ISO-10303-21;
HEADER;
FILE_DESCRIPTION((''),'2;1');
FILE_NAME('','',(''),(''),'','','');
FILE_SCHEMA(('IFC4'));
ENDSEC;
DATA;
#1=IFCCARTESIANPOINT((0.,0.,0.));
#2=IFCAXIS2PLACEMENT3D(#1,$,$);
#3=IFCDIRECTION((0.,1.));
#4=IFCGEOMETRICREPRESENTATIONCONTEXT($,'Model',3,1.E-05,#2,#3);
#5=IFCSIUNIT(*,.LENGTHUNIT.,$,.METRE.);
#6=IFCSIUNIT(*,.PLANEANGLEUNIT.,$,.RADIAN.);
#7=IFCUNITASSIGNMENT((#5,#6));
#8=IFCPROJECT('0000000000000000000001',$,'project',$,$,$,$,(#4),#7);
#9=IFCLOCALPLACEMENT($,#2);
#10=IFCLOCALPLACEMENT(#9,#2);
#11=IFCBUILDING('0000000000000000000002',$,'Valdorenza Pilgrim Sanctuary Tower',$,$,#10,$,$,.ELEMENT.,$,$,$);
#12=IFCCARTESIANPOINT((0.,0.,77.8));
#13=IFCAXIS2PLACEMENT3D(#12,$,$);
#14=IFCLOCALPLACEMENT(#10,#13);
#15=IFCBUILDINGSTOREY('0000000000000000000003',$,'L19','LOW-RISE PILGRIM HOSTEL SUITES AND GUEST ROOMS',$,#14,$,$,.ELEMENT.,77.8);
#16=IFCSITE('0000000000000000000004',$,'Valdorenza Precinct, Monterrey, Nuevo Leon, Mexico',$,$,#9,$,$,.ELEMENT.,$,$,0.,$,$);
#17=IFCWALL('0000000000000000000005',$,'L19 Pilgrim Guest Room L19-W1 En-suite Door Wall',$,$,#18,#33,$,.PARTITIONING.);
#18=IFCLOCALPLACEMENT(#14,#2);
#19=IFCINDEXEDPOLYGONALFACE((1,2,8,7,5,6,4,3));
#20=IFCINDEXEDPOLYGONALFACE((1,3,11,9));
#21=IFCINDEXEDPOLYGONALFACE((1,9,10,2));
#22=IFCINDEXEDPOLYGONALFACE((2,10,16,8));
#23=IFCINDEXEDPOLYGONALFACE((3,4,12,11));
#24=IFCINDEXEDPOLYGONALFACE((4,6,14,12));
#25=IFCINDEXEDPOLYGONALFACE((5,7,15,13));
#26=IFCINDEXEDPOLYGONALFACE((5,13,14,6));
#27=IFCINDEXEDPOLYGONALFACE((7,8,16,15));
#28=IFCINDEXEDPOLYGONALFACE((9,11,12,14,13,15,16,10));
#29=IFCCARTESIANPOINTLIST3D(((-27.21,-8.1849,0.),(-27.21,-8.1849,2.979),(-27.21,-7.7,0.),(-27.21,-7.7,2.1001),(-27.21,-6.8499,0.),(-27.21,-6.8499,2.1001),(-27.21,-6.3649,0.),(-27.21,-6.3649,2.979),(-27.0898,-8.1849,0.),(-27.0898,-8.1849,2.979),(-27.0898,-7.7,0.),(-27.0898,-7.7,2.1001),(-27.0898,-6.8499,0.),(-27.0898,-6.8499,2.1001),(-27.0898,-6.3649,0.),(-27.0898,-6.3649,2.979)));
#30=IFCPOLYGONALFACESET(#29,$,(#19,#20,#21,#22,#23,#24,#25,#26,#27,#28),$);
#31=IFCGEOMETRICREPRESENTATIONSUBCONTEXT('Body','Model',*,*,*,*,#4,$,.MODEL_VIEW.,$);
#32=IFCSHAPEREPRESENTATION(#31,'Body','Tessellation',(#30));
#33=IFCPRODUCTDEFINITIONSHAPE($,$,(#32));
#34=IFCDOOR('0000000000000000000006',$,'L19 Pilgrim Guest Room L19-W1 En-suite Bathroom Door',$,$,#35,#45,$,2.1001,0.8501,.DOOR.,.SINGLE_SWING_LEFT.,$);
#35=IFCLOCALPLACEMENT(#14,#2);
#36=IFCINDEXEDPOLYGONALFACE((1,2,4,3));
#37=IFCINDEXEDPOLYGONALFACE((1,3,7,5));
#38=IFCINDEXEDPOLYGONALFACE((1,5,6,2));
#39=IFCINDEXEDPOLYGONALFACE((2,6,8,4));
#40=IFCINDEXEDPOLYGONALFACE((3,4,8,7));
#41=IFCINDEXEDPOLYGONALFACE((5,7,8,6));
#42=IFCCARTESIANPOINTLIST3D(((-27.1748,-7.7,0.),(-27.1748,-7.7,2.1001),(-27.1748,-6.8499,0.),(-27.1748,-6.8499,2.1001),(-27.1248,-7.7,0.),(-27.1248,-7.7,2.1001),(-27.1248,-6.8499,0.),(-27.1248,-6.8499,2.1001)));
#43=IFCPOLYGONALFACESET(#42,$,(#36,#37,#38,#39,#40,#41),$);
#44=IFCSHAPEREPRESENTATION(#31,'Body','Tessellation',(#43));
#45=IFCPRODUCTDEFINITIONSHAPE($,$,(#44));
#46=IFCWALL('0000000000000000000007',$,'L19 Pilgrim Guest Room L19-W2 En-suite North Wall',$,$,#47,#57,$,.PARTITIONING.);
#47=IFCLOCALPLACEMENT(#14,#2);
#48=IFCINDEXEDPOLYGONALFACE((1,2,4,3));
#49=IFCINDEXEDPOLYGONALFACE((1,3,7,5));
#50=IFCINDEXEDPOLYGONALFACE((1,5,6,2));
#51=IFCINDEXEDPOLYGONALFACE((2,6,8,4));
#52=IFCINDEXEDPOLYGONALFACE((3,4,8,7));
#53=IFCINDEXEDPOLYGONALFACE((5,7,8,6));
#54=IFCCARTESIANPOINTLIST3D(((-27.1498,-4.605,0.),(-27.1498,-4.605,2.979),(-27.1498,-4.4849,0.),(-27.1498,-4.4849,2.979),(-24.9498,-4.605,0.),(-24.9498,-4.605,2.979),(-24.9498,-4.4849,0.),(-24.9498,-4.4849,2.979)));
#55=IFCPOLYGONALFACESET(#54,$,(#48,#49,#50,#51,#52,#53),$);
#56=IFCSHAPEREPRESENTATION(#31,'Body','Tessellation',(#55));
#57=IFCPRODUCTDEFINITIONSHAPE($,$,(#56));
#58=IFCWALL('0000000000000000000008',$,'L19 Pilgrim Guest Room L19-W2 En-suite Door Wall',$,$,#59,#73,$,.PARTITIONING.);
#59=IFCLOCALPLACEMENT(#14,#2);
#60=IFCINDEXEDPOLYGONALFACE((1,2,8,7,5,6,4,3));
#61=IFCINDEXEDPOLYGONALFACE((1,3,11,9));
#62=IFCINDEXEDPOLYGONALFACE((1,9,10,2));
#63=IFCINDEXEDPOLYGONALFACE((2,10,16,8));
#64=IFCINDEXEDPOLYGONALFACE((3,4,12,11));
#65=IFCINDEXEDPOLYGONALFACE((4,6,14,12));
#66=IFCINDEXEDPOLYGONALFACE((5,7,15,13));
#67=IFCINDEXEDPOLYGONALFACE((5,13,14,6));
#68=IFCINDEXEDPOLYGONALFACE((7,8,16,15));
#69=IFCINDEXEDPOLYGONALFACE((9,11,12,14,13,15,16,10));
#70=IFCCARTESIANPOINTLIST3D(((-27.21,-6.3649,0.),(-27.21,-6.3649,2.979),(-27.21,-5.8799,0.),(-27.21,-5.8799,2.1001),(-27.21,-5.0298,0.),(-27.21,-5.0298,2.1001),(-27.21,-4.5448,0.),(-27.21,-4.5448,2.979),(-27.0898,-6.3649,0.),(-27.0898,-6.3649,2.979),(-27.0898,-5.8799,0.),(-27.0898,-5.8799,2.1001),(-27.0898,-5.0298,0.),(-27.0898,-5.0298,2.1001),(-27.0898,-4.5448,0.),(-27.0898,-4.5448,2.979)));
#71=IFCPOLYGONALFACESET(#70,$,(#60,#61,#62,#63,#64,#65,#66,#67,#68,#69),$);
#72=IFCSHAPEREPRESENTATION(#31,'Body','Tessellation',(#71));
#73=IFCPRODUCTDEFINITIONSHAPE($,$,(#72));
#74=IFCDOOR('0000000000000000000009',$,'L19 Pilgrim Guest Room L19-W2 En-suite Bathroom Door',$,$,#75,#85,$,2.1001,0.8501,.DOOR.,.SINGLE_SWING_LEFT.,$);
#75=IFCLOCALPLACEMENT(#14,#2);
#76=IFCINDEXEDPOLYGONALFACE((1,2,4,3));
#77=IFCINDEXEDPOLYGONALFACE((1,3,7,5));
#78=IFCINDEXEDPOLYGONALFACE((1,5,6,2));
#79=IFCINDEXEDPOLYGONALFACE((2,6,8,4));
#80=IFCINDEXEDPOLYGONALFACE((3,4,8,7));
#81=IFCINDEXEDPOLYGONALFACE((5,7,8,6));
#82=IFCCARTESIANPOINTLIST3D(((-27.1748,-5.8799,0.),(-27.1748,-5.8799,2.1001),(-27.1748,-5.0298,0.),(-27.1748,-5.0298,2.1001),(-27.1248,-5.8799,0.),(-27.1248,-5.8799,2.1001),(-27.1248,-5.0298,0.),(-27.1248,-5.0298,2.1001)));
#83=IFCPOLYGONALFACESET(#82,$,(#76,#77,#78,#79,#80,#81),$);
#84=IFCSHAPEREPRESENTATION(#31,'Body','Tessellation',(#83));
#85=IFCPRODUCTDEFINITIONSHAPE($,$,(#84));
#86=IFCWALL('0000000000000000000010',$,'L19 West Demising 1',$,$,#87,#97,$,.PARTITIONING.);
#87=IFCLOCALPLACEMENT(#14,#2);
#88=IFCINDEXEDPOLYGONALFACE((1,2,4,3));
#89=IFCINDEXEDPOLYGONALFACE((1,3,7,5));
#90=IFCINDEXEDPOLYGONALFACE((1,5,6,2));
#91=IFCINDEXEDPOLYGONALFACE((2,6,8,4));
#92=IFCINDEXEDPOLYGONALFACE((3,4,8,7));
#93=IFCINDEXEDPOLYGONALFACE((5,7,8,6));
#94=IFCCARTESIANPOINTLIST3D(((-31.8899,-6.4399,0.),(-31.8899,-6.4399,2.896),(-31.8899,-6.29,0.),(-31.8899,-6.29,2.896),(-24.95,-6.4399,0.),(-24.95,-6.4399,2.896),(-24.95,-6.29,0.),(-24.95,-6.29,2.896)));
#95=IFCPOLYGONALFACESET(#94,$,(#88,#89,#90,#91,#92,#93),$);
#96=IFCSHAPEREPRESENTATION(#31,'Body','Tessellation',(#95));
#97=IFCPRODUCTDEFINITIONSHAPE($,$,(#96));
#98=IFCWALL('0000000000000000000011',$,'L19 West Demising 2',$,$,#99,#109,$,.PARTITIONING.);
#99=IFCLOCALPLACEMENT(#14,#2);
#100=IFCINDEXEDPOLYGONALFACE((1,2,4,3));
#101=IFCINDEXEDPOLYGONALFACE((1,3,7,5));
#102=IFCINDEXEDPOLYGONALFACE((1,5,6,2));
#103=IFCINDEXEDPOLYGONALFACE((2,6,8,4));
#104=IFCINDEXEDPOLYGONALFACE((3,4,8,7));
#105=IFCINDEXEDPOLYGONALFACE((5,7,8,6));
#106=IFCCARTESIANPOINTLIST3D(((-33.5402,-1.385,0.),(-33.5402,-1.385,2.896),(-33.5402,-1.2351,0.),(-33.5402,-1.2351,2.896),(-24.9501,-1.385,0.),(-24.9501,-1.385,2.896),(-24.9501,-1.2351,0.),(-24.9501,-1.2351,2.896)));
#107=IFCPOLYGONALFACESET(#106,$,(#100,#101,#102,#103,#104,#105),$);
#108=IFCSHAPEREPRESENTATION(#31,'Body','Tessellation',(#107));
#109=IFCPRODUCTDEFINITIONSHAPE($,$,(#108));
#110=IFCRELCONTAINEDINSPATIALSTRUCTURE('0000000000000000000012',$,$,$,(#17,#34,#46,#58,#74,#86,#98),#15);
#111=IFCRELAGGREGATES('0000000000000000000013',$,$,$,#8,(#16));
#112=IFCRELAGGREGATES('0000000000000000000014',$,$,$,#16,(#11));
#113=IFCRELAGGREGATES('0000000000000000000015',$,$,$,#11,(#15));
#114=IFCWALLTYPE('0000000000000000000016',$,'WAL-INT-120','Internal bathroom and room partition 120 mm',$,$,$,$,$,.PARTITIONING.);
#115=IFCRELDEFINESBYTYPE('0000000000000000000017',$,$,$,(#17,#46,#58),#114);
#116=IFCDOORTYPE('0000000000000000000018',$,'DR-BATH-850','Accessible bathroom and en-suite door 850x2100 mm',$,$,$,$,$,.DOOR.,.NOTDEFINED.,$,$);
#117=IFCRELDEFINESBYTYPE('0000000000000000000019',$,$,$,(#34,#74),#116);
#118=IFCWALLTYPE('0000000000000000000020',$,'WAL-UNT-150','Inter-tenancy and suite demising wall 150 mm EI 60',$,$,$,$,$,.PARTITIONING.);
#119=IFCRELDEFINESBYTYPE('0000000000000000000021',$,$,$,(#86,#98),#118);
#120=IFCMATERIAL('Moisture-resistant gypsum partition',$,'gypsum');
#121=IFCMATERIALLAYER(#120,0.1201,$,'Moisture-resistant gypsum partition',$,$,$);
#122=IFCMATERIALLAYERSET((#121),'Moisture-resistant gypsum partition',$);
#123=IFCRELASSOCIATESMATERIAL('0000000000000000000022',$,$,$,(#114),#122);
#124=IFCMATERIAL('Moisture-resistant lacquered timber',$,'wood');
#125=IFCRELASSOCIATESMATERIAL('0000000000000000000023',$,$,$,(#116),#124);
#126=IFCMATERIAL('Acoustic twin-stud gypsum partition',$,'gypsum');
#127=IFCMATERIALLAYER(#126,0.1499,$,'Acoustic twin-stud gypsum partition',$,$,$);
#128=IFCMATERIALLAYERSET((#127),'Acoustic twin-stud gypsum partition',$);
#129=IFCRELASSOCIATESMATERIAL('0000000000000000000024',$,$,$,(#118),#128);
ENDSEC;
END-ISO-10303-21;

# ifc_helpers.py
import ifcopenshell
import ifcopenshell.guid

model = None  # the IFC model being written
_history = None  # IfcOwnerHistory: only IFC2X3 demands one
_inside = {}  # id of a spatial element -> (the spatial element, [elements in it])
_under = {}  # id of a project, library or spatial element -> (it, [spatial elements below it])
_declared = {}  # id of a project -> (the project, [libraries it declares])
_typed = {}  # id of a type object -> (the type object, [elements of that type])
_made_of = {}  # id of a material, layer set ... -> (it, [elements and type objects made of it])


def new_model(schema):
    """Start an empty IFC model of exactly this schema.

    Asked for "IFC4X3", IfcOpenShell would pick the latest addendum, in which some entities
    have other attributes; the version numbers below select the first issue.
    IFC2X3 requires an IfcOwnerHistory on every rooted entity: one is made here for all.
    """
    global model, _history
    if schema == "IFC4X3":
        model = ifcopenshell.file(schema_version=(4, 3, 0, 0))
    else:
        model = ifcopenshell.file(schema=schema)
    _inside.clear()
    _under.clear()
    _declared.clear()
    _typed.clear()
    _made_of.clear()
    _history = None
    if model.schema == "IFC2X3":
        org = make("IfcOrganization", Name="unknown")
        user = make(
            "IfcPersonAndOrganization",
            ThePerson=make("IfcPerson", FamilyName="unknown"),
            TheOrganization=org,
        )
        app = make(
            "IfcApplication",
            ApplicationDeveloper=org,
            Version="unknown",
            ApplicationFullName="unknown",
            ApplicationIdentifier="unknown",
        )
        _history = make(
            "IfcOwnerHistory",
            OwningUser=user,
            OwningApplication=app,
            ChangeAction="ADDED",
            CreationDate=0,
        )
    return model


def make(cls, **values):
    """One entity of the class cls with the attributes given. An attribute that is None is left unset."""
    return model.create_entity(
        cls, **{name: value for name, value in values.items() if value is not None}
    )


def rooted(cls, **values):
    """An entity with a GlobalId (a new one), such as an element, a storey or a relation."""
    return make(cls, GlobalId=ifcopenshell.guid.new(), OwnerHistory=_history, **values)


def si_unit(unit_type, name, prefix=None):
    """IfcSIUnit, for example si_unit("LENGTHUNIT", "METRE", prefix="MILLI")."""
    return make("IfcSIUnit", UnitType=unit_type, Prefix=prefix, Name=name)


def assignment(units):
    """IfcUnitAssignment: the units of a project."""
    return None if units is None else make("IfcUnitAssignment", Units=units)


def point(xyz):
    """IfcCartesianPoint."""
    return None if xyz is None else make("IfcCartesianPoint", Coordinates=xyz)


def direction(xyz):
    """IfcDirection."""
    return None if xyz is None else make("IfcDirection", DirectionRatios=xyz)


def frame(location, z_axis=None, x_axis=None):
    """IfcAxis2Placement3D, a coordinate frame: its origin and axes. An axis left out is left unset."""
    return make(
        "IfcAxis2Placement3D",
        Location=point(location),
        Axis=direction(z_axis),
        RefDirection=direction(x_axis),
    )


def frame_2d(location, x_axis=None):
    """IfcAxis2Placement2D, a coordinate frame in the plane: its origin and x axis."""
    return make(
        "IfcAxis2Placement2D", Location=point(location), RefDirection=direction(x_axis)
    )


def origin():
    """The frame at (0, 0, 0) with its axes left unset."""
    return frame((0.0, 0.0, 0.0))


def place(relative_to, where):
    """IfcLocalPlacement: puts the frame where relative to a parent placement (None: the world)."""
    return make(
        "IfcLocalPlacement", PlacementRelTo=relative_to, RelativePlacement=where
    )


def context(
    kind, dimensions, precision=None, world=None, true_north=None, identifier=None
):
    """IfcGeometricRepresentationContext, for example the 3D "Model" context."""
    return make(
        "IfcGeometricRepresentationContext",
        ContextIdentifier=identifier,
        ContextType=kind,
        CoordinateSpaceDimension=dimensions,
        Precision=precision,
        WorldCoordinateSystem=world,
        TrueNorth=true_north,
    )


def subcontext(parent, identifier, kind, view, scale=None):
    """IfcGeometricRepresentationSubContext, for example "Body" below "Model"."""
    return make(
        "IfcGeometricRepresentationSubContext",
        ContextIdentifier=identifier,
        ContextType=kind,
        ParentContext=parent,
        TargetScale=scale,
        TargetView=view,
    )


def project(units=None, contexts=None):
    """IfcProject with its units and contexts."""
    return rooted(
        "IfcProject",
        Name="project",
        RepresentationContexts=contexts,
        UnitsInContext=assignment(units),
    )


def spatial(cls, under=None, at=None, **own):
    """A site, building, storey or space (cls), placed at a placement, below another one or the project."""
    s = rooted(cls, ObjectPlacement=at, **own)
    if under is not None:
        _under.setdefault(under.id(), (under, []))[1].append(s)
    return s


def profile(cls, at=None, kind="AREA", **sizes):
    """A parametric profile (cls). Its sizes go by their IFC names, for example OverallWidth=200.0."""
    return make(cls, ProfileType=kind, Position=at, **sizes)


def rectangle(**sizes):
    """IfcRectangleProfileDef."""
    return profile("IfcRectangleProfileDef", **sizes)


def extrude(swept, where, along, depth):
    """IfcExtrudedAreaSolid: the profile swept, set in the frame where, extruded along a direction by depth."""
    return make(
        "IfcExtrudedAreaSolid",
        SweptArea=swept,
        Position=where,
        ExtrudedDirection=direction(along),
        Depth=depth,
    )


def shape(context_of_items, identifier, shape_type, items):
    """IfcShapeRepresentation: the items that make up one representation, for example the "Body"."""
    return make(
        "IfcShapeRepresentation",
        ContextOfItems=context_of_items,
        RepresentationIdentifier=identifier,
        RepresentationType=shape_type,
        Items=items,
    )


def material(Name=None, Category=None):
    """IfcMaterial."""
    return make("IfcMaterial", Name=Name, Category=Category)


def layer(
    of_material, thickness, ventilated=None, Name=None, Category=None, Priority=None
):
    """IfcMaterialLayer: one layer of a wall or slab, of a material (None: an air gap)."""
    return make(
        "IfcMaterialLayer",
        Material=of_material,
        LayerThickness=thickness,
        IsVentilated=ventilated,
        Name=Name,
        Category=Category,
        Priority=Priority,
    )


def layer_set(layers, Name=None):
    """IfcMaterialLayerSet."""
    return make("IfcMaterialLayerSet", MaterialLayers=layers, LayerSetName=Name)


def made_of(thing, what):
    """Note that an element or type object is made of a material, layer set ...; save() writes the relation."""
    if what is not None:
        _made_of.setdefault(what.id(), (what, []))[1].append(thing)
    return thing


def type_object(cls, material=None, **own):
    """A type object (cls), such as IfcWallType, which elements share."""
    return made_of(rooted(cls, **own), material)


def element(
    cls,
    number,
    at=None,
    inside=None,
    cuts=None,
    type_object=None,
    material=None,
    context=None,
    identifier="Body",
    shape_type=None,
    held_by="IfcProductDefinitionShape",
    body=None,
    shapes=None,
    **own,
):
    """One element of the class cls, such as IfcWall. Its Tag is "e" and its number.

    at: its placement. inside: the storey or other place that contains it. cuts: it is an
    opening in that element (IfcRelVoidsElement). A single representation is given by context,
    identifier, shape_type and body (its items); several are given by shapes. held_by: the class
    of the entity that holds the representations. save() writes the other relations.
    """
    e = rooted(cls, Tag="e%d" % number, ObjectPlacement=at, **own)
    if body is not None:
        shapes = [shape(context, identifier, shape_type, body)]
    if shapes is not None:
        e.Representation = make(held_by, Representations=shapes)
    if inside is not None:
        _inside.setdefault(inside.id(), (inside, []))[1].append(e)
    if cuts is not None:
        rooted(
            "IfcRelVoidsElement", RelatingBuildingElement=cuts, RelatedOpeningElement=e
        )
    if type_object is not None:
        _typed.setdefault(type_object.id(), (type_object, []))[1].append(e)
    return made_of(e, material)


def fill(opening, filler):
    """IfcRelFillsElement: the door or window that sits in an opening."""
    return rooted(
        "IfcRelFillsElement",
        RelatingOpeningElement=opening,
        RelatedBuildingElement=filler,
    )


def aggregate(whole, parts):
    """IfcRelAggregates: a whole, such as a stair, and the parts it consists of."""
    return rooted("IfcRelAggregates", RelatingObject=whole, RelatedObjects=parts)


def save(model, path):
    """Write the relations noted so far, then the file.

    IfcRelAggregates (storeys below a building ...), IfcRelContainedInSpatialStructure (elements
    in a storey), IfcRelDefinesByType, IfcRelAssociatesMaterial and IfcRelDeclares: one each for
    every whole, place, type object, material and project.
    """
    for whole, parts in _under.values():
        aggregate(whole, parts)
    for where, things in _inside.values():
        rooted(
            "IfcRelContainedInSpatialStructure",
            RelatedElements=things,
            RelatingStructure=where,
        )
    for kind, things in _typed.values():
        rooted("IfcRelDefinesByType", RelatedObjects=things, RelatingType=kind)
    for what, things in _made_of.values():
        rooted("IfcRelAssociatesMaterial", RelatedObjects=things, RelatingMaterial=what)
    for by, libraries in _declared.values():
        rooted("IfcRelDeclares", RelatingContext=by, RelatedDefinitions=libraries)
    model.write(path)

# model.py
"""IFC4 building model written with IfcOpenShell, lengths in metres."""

from ifc_helpers import new_model, si_unit, direction, frame, frame_2d, origin, place, context, subcontext, project, spatial, rectangle, extrude, material, layer, layer_set, type_object, element, fill, save


model = new_model("IFC4")

# Units and contexts
model_context = context("Model", 3, precision=1e-05, world=origin(), true_north=direction((0.0, 1.0)))
body_context = subcontext(model_context, "Body", "Model", "MODEL_VIEW")
ifc_project = project(units=[si_unit("LENGTHUNIT", "METRE"), si_unit("PLANEANGLEUNIT", "RADIAN")], contexts=[model_context])

# Site, building, storey
site_placement = place(None, origin())
site = spatial("IfcSite", under=ifc_project, at=site_placement, Name="Valdorenza Precinct, Monterrey, Nuevo Leon, Mexico", CompositionType="ELEMENT", RefElevation=0.0)
building_placement = place(site_placement, origin())
building = spatial("IfcBuilding", under=site, at=building_placement, Name="Valdorenza Pilgrim Sanctuary Tower", CompositionType="ELEMENT")
storey_placement = place(building_placement, frame((0.0, 0.0, 77.8)))
storey = spatial("IfcBuildingStorey", under=building, at=storey_placement, Name="L19", Description="LOW-RISE PILGRIM HOSTEL SUITES AND GUEST ROOMS", CompositionType="ELEMENT", Elevation=77.8)

# Shared definitions
ifc_material_1 = material(Name="Moisture-resistant gypsum partition", Category="gypsum")
ifc_layer_1 = layer(ifc_material_1, 0.1201, Name="Moisture-resistant gypsum partition")
ifc_layer_set_1 = layer_set([ifc_layer_1], Name="Moisture-resistant gypsum partition")
wall_type_1 = type_object("IfcWallType", Name="WAL-INT-120", Description="Internal bathroom and room partition 120 mm", PredefinedType="PARTITIONING", material=ifc_layer_set_1)

# Wall, opening, door
wall_1_placement = place(storey_placement, frame((-27.1499, -8.1851, 0.0), z_axis=(0.0, 0.0, 1.0), x_axis=(0.0, 1.0, 0.0)))
wall_1 = element("IfcWall", 1, at=wall_1_placement, inside=storey, type_object=wall_type_1, Name="L19 Pilgrim Guest Room L19-W1 En-suite Door Wall", PredefinedType="PARTITIONING", context=body_context, shape_type="SweptSolid", body=[
    extrude(rectangle(XDim=1.8201, YDim=0.1201, at=frame_2d((0.9102, 0.0))), origin(), (0.0, 0.0, 1.0), 2.979),
])
opening_1_placement = place(wall_1_placement, frame((0.4851, 0.0, 0.0)))
opening_1 = element("IfcOpeningElement", 2, at=opening_1_placement, cuts=wall_1, PredefinedType="OPENING", context=body_context, shape_type="SweptSolid", body=[
    extrude(rectangle(XDim=0.8501, YDim=2.1001, at=frame_2d((0.425, 1.05))), frame((0.0, 0.075, 0.0), z_axis=(0.0, -1.0, 0.0), x_axis=(1.0, 0.0, 0.0)), (0.0, 0.0, 1.0), 0.1499),
])
ifc_material_2 = material(Name="Moisture-resistant lacquered timber", Category="wood")
door_type = type_object("IfcDoorType", Name="DR-BATH-850", Description="Accessible bathroom and en-suite door 850x2100 mm", OperationType="NOTDEFINED", PredefinedType="DOOR", material=ifc_material_2)
door_1_placement = place(opening_1_placement, origin())
door_1 = element("IfcDoor", 3, at=door_1_placement, inside=storey, type_object=door_type, Name="L19 Pilgrim Guest Room L19-W1 En-suite Bathroom Door", OperationType="SINGLE_SWING_LEFT", OverallHeight=2.1001, OverallWidth=0.8501, PredefinedType="DOOR", context=body_context, shape_type="SweptSolid", body=[
    extrude(rectangle(XDim=0.8501, YDim=2.1001, at=frame_2d((0.425, 1.05))), frame((0.0, 0.0249, 0.0), z_axis=(0.0, -1.0, 0.0), x_axis=(1.0, 0.0, 0.0)), (0.0, 0.0, 1.0), 0.05),
])
fill(opening_1, door_1)

# Wall
wall_2_placement = place(storey_placement, frame((-27.1499, -4.5449, 0.0), z_axis=(0.0, 0.0, 1.0), x_axis=(1.0, 0.0, 0.0)))
element("IfcWall", 4, at=wall_2_placement, inside=storey, type_object=wall_type_1, Name="L19 Pilgrim Guest Room L19-W2 En-suite North Wall", PredefinedType="PARTITIONING", context=body_context, shape_type="SweptSolid", body=[
    extrude(rectangle(XDim=2.2, YDim=0.1201, at=frame_2d((1.1001, 0.0))), origin(), (0.0, 0.0, 1.0), 2.979),
])

# Wall, opening, door
wall_3_placement = place(storey_placement, frame((-27.1499, -6.365, 0.0), z_axis=(0.0, 0.0, 1.0), x_axis=(0.0, 1.0, 0.0)))
wall_3 = element("IfcWall", 5, at=wall_3_placement, inside=storey, type_object=wall_type_1, Name="L19 Pilgrim Guest Room L19-W2 En-suite Door Wall", PredefinedType="PARTITIONING", context=body_context, shape_type="SweptSolid", body=[
    extrude(rectangle(XDim=1.8201, YDim=0.1201, at=frame_2d((0.9102, 0.0))), origin(), (0.0, 0.0, 1.0), 2.979),
])
opening_2_placement = place(wall_3_placement, frame((0.4851, 0.0, 0.0)))
opening_2 = element("IfcOpeningElement", 6, at=opening_2_placement, cuts=wall_3, PredefinedType="OPENING", context=body_context, shape_type="SweptSolid", body=[
    extrude(rectangle(XDim=0.8501, YDim=2.1001, at=frame_2d((0.425, 1.05))), frame((0.0, 0.075, 0.0), z_axis=(0.0, -1.0, 0.0), x_axis=(1.0, 0.0, 0.0)), (0.0, 0.0, 1.0), 0.1499),
])
door_2_placement = place(opening_2_placement, origin())
door_2 = element("IfcDoor", 7, at=door_2_placement, inside=storey, type_object=door_type, Name="L19 Pilgrim Guest Room L19-W2 En-suite Bathroom Door", OperationType="SINGLE_SWING_LEFT", OverallHeight=2.1001, OverallWidth=0.8501, PredefinedType="DOOR", context=body_context, shape_type="SweptSolid", body=[
    extrude(rectangle(XDim=0.8501, YDim=2.1001, at=frame_2d((0.425, 1.05))), frame((0.0, 0.0249, 0.0), z_axis=(0.0, -1.0, 0.0), x_axis=(1.0, 0.0, 0.0)), (0.0, 0.0, 1.0), 0.05),
])
fill(opening_2, door_2)

# Walls
ifc_material_3 = material(Name="Acoustic twin-stud gypsum partition", Category="gypsum")
ifc_layer_2 = layer(ifc_material_3, 0.1499, Name="Acoustic twin-stud gypsum partition")
ifc_layer_set_2 = layer_set([ifc_layer_2], Name="Acoustic twin-stud gypsum partition")
wall_type_2 = type_object("IfcWallType", Name="WAL-UNT-150", Description="Inter-tenancy and suite demising wall 150 mm EI 60", PredefinedType="PARTITIONING", material=ifc_layer_set_2)
wall_4_placement = place(storey_placement, frame((-31.8899, -6.365, 0.0), z_axis=(0.0, 0.0, 1.0), x_axis=(1.0, 0.0, 0.0)))
element("IfcWall", 8, at=wall_4_placement, inside=storey, type_object=wall_type_2, Name="L19 West Demising 1", PredefinedType="PARTITIONING", context=body_context, shape_type="SweptSolid", body=[
    extrude(rectangle(XDim=6.9399, YDim=0.1499, at=frame_2d((3.47, 0.0))), origin(), (0.0, 0.0, 1.0), 2.896),
])
wall_5_placement = place(storey_placement, frame((-33.54, -1.3101, 0.0), z_axis=(0.0, 0.0, 1.0), x_axis=(1.0, 0.0, 0.0)))
element("IfcWall", 9, at=wall_5_placement, inside=storey, type_object=wall_type_2, Name="L19 West Demising 2", PredefinedType="PARTITIONING", context=body_context, shape_type="SweptSolid", body=[
    extrude(rectangle(XDim=8.5901, YDim=0.1499, at=frame_2d((4.2949, 0.0))), origin(), (0.0, 0.0, 1.0), 2.896),
])

save(model, "model.ifc")
